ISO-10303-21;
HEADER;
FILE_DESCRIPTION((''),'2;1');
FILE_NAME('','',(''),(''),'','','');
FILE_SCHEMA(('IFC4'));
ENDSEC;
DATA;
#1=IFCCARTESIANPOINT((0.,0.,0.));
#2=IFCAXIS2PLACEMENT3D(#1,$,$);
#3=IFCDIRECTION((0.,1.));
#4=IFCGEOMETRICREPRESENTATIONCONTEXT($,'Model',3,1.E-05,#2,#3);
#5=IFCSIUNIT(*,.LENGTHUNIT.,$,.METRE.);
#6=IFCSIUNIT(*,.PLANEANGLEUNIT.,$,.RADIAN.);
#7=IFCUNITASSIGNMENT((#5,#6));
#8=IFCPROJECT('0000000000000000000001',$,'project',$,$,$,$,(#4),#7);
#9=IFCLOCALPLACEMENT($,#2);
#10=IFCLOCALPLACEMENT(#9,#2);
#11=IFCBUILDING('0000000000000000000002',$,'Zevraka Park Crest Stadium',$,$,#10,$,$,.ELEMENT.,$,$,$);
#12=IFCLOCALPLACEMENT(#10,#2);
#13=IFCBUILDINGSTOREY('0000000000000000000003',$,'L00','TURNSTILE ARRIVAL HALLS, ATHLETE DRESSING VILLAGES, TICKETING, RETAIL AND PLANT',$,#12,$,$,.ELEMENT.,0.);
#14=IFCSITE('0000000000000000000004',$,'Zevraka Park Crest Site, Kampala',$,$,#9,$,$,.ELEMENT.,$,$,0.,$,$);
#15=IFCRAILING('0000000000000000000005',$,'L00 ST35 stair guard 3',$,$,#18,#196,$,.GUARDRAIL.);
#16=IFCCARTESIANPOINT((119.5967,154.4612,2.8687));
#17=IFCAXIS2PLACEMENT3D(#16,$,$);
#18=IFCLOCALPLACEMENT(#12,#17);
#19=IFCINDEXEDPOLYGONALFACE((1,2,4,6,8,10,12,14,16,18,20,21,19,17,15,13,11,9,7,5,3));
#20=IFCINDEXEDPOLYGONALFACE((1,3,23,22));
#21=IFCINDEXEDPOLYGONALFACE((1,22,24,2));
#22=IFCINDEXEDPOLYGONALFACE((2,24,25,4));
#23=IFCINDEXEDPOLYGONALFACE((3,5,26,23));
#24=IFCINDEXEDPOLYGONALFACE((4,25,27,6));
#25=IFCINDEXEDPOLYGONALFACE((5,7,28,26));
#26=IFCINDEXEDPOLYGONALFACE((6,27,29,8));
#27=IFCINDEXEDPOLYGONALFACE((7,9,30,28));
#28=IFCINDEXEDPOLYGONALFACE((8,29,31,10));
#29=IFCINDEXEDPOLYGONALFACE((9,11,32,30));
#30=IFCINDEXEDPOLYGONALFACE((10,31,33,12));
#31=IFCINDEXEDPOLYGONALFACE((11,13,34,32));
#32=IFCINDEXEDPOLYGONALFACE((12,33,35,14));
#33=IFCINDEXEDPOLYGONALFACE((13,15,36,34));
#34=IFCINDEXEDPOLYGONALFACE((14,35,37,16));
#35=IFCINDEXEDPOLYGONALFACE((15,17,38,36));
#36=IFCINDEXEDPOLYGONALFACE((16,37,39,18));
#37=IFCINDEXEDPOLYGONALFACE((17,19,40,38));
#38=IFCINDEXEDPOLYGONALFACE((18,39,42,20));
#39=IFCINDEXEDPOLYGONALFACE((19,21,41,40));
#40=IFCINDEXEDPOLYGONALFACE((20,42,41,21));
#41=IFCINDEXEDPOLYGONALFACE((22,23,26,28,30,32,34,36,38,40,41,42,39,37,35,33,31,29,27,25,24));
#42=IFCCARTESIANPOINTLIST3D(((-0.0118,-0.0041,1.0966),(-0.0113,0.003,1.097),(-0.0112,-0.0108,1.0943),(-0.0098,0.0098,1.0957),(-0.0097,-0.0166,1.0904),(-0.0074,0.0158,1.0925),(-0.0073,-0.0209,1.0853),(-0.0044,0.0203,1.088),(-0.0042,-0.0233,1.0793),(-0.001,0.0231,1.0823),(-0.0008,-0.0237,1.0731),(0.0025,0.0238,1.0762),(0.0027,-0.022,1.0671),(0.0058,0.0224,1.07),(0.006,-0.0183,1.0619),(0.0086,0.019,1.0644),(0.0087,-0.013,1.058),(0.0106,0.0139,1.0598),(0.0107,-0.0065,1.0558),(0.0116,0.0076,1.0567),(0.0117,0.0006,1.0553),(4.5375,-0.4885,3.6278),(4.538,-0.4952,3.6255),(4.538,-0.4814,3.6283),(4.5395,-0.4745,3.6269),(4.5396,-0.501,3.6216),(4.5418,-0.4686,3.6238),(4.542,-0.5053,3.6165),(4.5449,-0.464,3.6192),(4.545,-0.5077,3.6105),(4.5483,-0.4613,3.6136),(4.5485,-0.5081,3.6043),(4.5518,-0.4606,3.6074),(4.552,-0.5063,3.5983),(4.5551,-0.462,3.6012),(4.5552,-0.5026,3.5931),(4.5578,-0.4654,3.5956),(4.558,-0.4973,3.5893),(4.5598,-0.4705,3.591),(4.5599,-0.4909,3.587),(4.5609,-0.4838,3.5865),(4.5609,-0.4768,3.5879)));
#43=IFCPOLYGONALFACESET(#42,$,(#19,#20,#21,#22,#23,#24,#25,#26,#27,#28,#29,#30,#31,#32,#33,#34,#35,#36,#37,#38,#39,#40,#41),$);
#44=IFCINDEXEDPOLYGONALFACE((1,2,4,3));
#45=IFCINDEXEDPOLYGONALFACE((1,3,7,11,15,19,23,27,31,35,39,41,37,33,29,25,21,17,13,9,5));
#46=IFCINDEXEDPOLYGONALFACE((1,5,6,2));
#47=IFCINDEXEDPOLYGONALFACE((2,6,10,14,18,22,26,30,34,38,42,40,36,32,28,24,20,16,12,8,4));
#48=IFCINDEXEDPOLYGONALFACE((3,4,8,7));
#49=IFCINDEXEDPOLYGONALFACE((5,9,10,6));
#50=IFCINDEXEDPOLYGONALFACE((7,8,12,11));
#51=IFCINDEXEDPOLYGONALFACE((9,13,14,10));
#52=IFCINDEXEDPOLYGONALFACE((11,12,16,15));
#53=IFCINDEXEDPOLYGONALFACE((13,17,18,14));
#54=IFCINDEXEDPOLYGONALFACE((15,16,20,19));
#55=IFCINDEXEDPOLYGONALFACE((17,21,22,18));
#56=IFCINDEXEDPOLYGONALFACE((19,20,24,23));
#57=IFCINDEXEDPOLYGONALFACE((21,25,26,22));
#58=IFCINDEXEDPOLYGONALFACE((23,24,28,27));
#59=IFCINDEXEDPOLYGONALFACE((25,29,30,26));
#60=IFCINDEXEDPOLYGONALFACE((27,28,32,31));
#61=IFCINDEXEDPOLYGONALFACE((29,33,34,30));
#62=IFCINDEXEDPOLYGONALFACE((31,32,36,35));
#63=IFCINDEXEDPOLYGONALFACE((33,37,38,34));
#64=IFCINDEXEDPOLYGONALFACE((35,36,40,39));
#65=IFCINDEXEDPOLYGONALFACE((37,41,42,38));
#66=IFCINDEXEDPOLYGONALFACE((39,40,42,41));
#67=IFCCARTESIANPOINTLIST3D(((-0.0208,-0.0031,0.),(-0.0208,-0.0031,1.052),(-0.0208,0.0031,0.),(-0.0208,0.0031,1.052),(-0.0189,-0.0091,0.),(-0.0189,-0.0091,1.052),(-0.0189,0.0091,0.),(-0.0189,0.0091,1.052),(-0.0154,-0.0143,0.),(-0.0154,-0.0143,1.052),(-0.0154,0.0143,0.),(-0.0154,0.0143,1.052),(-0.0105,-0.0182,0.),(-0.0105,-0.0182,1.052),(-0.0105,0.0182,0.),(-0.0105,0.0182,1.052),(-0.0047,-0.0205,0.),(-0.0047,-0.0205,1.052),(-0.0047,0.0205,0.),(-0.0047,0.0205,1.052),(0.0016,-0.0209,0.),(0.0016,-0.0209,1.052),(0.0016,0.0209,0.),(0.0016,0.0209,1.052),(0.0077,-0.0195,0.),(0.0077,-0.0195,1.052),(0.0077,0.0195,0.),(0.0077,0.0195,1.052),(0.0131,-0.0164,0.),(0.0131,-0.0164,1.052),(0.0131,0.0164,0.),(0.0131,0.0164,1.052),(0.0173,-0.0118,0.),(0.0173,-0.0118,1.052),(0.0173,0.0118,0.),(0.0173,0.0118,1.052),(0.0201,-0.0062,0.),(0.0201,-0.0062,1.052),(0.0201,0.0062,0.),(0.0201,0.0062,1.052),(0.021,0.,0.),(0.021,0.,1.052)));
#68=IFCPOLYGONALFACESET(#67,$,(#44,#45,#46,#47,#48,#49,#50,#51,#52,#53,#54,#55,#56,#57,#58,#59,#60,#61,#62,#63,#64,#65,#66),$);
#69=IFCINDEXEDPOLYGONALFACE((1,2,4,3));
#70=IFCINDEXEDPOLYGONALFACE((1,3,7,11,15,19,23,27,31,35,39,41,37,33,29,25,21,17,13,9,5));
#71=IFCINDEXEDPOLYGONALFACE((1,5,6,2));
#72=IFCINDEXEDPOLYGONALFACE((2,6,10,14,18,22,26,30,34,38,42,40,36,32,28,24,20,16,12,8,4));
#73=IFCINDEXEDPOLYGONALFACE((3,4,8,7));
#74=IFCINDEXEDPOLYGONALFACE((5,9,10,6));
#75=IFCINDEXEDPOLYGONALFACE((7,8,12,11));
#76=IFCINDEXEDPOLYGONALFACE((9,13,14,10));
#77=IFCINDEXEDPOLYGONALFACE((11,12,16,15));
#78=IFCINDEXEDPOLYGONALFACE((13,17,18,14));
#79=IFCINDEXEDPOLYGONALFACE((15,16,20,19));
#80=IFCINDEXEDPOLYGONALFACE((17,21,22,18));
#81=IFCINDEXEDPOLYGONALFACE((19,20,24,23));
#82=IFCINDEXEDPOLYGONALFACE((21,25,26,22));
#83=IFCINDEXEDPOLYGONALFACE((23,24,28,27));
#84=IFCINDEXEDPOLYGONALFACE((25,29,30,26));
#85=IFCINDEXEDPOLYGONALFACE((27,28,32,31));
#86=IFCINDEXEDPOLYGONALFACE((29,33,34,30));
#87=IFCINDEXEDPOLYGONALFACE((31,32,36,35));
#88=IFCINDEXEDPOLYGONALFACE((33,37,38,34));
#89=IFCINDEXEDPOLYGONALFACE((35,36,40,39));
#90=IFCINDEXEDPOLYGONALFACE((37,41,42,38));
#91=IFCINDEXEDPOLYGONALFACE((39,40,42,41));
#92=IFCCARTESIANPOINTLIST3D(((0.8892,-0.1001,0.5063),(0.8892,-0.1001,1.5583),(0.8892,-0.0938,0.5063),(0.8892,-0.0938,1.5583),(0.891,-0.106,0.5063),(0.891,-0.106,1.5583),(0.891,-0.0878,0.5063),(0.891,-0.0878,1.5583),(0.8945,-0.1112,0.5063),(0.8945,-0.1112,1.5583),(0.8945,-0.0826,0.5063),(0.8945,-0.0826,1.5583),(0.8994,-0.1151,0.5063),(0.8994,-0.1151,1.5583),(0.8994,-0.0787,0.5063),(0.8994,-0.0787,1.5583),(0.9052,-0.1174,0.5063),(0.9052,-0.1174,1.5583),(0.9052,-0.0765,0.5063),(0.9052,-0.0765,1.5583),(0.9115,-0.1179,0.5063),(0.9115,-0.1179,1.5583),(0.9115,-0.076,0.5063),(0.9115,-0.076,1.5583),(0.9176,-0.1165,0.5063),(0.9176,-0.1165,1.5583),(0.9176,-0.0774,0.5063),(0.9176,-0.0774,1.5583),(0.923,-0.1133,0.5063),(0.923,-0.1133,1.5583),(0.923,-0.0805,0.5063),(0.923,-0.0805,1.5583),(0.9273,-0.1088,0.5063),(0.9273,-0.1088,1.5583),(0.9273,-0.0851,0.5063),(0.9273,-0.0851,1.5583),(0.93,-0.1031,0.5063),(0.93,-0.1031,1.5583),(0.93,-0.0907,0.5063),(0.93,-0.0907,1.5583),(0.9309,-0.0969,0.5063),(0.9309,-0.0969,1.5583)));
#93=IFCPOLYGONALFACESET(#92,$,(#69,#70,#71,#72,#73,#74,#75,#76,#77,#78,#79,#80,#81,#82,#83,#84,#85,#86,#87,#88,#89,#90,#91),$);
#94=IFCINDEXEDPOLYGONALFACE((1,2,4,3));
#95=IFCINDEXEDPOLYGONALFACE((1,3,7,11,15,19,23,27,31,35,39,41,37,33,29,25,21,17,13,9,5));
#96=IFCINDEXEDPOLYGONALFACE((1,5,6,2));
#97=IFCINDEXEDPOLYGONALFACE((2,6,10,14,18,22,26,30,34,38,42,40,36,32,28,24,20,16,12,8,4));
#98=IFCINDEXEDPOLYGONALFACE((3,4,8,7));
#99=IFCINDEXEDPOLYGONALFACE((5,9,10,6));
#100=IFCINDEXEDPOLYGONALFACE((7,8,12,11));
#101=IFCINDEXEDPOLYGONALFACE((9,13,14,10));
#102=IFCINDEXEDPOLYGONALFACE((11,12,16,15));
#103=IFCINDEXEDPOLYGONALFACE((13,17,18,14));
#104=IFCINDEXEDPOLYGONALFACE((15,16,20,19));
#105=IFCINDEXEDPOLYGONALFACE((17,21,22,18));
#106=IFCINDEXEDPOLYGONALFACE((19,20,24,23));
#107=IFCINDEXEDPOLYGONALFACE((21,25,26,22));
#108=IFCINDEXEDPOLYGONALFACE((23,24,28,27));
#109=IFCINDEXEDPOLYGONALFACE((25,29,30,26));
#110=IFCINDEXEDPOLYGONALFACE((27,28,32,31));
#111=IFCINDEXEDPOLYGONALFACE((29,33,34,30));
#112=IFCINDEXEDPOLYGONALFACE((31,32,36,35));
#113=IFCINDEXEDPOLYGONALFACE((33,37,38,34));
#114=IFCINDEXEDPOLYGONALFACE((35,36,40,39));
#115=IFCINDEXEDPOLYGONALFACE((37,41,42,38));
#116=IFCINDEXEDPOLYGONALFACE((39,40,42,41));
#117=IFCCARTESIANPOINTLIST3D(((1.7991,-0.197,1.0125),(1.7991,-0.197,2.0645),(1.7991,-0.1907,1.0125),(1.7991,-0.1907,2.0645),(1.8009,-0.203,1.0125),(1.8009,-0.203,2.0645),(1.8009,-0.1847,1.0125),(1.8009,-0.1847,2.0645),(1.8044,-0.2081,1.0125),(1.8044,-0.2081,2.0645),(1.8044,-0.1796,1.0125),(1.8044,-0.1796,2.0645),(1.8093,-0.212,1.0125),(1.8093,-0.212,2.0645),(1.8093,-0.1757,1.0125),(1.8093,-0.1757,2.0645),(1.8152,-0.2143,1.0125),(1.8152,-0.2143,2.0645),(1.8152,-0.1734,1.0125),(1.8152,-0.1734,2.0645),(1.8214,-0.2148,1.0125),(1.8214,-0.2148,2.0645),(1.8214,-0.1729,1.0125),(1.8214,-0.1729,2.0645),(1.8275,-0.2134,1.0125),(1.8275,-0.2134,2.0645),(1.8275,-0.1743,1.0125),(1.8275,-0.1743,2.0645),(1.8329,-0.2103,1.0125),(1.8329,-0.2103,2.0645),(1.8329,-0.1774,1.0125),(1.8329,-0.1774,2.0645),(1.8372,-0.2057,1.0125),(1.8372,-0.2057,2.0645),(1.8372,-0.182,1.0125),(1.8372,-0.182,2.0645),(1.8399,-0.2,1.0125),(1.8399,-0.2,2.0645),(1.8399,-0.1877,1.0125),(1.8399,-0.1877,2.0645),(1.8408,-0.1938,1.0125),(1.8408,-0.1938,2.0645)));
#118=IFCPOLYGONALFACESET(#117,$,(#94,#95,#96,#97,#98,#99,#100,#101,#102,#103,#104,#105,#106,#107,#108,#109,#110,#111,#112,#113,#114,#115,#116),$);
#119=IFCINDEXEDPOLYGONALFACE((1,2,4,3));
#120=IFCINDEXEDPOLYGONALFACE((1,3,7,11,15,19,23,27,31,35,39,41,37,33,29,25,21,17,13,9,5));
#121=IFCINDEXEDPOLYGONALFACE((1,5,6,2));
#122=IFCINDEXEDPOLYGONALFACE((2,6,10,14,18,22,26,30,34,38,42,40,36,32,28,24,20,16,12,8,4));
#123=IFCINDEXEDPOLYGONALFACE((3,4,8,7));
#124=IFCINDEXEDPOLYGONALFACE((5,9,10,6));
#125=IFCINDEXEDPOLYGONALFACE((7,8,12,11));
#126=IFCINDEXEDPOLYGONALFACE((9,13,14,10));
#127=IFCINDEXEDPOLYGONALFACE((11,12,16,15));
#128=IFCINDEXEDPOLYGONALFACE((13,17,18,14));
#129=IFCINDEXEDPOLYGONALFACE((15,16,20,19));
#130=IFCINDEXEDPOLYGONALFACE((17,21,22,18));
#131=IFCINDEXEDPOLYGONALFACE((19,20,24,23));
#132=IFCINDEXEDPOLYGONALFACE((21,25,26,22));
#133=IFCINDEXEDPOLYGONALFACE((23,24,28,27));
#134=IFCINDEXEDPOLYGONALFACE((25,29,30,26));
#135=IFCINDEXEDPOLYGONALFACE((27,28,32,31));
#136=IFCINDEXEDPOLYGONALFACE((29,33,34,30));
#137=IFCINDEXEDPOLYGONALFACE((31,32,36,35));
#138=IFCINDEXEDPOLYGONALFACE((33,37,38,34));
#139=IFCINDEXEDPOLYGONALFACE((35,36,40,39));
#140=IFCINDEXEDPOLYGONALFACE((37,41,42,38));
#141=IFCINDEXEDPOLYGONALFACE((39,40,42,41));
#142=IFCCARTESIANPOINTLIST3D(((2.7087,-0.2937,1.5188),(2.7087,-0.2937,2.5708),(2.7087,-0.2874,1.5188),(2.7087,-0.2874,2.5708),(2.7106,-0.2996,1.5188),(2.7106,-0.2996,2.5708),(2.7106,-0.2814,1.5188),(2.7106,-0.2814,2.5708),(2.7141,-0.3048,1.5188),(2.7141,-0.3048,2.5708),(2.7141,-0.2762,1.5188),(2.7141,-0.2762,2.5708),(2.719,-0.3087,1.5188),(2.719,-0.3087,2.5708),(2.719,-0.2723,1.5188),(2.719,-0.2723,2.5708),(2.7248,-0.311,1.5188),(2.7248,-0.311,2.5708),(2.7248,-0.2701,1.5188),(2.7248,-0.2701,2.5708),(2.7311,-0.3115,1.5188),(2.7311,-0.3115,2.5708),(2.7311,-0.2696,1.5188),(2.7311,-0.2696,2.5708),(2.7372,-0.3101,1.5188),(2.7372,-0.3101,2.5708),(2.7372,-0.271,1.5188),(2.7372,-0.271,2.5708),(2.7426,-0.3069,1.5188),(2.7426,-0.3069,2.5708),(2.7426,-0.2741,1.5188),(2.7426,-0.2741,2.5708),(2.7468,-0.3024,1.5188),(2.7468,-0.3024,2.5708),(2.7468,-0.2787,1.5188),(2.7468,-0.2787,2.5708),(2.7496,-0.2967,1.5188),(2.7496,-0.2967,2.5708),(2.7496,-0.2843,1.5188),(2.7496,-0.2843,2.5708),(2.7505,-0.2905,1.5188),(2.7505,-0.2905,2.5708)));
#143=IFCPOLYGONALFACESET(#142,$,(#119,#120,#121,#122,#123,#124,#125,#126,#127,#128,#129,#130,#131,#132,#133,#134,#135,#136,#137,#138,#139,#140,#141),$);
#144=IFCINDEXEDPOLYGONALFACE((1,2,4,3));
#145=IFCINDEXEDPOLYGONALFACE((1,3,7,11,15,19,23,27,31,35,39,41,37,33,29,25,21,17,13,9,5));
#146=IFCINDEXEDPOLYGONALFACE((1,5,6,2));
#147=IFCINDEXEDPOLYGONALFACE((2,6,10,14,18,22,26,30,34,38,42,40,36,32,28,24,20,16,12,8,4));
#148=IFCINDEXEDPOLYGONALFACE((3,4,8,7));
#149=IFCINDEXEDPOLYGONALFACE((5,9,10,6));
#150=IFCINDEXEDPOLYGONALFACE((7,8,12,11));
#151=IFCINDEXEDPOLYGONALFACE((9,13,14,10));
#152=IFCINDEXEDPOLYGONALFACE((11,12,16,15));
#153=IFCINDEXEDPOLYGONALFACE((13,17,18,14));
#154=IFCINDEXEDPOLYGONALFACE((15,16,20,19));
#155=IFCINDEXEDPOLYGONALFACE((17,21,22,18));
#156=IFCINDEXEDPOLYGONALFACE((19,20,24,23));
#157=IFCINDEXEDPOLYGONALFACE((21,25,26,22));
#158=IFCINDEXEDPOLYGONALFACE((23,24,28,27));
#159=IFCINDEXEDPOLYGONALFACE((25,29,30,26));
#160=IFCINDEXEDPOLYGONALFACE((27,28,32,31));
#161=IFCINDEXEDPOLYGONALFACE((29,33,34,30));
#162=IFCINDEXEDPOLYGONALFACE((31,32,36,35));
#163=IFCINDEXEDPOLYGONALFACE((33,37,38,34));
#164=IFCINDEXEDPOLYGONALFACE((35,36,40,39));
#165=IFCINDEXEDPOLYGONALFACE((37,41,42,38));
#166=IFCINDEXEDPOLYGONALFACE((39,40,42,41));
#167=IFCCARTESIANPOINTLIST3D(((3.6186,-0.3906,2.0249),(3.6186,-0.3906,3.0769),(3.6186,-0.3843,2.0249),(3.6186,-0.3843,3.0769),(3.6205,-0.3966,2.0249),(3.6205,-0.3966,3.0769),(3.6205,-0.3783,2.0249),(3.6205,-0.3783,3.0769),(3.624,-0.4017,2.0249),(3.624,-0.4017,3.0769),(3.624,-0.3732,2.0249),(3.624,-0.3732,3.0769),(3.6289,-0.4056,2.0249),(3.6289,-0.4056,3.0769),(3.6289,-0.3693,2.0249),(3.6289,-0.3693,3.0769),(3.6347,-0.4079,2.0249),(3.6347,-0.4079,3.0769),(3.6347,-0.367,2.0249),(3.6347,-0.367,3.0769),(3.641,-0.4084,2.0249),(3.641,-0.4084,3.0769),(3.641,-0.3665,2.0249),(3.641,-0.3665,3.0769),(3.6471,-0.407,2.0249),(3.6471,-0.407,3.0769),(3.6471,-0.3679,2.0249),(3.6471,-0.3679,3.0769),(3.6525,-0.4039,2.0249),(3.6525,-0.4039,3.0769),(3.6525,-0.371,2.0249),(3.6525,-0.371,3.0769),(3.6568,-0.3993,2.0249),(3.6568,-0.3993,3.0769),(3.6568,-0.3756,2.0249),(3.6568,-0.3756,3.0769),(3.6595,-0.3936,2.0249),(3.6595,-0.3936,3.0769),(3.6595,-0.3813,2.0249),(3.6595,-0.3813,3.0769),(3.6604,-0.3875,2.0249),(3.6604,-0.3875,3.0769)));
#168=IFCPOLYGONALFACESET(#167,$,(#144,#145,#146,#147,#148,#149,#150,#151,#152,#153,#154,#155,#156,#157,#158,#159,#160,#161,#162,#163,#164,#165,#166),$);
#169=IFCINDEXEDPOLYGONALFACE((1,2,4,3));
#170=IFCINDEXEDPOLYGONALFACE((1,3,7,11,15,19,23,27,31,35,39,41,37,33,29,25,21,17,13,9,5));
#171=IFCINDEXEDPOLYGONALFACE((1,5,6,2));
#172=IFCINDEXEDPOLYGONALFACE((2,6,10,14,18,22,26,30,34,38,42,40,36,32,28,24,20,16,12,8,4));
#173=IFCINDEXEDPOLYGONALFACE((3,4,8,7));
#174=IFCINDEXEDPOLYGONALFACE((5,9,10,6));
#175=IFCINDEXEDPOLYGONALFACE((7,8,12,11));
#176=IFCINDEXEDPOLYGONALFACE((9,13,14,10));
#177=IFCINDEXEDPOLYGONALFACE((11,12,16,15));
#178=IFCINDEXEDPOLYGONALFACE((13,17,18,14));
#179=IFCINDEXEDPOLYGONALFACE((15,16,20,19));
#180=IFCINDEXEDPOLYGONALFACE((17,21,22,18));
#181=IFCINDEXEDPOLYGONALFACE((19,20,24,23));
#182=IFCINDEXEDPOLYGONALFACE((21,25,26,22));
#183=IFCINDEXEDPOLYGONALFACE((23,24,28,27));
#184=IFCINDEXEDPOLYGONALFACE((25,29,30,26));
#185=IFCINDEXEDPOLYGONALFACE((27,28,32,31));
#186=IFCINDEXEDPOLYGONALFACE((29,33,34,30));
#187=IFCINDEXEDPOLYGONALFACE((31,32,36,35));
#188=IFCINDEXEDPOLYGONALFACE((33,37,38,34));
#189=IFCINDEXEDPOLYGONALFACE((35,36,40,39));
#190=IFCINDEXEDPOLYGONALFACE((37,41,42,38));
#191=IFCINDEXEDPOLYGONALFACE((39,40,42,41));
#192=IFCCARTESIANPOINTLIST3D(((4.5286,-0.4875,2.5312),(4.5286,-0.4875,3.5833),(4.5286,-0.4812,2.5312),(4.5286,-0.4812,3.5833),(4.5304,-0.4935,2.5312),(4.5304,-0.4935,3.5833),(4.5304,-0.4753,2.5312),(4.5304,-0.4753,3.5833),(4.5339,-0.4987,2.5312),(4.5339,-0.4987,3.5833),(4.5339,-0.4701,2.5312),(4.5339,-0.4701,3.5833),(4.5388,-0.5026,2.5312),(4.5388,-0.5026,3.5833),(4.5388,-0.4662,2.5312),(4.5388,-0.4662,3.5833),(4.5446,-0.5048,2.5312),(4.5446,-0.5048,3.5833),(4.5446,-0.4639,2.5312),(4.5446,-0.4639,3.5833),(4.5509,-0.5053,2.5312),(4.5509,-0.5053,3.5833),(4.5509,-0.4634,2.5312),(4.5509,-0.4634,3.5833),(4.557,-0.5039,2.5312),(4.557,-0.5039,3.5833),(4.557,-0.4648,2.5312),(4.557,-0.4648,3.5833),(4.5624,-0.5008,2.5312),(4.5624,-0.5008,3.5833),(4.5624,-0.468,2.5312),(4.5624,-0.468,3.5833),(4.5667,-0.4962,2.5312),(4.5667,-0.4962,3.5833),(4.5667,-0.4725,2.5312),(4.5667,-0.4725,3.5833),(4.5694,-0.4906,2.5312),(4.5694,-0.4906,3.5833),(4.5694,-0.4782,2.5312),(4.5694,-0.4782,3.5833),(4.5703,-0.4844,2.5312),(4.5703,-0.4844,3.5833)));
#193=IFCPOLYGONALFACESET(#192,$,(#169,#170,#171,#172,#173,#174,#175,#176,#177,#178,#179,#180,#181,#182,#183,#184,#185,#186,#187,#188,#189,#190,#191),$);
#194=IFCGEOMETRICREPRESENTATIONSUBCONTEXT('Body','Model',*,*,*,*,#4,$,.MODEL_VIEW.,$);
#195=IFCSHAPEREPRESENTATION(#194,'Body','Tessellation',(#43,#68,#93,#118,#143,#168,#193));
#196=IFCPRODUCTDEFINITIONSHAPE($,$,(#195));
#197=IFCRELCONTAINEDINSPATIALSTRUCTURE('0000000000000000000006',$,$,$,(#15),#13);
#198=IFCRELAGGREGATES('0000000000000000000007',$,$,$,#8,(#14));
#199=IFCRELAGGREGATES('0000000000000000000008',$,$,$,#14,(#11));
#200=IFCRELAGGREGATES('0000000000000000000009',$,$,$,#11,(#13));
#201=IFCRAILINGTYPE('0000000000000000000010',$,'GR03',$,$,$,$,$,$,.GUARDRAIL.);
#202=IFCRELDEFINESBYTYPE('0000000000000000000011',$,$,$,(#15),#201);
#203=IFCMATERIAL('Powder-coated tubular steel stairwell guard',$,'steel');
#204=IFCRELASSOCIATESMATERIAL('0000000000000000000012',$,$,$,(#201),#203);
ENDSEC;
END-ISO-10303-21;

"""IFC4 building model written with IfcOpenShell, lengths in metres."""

from ifc_helpers import new_model, si_unit, direction, frame, origin, origin_2d, place, context, subcontext, project, spatial, circle, extrude, material, type_object, element, save


model = new_model("IFC4")

# Units and contexts
model_context = context("Model", 3, precision=1e-05, world=origin(), true_north=direction((0.0, 1.0)))
body_context = subcontext(model_context, "Body", "Model", "MODEL_VIEW")
ifc_project = project(units=[si_unit("LENGTHUNIT", "METRE"), si_unit("PLANEANGLEUNIT", "RADIAN")], contexts=[model_context])

# Site, building, storey
site_placement = place(None, origin())
site = spatial("IfcSite", under=ifc_project, at=site_placement, Name="Zevraka Park Crest Site, Kampala", CompositionType="ELEMENT", RefElevation=0.0)
building_placement = place(site_placement, origin())
building = spatial("IfcBuilding", under=site, at=building_placement, Name="Zevraka Park Crest Stadium", CompositionType="ELEMENT")
storey_placement = place(building_placement, origin())
storey = spatial("IfcBuildingStorey", under=building, at=storey_placement, Name="L00", Description="TURNSTILE ARRIVAL HALLS, ATHLETE DRESSING VILLAGES, TICKETING, RETAIL AND PLANT", CompositionType="ELEMENT", Elevation=0.0)

# Railing
ifc_material_1 = material(Name="Powder-coated tubular steel stairwell guard", Category="steel")
railing_type_1 = type_object("IfcRailingType", Name="GR03", PredefinedType="GUARDRAIL", material=ifc_material_1)
railing_1_placement = place(storey_placement, frame((119.5967, 154.4612, 2.8687)))
element("IfcRailing", 1, at=railing_1_placement, inside=storey, type_object=railing_type_1, Name="L00 ST35 stair guard 3", PredefinedType="GUARDRAIL", context=body_context, shape_type="SweptSolid", body=[
    extrude(circle(Radius=0.0239, at=origin_2d()), frame((0.0, 0.0, 1.0762), z_axis=(0.870085, -0.09264, 0.484117), x_axis=(0.105874, 0.99438, 0.0)), (0.0, 0.0, 1.0), 5.2285),
    extrude(circle(Radius=0.021, at=origin_2d()), origin(), (0.0, 0.0, 1.0), 1.052),
    extrude(circle(Radius=0.021, at=origin_2d()), frame((0.9099, -0.0969, 0.5063)), (0.0, 0.0, 1.0), 1.052),
    extrude(circle(Radius=0.021, at=origin_2d()), frame((1.8198, -0.1938, 1.0125)), (0.0, 0.0, 1.0), 1.052),
    extrude(circle(Radius=0.021, at=origin_2d()), frame((2.7295, -0.2905, 1.5188)), (0.0, 0.0, 1.0), 1.052),
    extrude(circle(Radius=0.021, at=origin_2d()), frame((3.6394, -0.3875, 2.0249)), (0.0, 0.0, 1.0), 1.052),
    extrude(circle(Radius=0.021, at=origin_2d()), frame((4.5493, -0.4844, 2.5312)), (0.0, 0.0, 1.0), 1.052),
])

save(model, "model.ifc")
